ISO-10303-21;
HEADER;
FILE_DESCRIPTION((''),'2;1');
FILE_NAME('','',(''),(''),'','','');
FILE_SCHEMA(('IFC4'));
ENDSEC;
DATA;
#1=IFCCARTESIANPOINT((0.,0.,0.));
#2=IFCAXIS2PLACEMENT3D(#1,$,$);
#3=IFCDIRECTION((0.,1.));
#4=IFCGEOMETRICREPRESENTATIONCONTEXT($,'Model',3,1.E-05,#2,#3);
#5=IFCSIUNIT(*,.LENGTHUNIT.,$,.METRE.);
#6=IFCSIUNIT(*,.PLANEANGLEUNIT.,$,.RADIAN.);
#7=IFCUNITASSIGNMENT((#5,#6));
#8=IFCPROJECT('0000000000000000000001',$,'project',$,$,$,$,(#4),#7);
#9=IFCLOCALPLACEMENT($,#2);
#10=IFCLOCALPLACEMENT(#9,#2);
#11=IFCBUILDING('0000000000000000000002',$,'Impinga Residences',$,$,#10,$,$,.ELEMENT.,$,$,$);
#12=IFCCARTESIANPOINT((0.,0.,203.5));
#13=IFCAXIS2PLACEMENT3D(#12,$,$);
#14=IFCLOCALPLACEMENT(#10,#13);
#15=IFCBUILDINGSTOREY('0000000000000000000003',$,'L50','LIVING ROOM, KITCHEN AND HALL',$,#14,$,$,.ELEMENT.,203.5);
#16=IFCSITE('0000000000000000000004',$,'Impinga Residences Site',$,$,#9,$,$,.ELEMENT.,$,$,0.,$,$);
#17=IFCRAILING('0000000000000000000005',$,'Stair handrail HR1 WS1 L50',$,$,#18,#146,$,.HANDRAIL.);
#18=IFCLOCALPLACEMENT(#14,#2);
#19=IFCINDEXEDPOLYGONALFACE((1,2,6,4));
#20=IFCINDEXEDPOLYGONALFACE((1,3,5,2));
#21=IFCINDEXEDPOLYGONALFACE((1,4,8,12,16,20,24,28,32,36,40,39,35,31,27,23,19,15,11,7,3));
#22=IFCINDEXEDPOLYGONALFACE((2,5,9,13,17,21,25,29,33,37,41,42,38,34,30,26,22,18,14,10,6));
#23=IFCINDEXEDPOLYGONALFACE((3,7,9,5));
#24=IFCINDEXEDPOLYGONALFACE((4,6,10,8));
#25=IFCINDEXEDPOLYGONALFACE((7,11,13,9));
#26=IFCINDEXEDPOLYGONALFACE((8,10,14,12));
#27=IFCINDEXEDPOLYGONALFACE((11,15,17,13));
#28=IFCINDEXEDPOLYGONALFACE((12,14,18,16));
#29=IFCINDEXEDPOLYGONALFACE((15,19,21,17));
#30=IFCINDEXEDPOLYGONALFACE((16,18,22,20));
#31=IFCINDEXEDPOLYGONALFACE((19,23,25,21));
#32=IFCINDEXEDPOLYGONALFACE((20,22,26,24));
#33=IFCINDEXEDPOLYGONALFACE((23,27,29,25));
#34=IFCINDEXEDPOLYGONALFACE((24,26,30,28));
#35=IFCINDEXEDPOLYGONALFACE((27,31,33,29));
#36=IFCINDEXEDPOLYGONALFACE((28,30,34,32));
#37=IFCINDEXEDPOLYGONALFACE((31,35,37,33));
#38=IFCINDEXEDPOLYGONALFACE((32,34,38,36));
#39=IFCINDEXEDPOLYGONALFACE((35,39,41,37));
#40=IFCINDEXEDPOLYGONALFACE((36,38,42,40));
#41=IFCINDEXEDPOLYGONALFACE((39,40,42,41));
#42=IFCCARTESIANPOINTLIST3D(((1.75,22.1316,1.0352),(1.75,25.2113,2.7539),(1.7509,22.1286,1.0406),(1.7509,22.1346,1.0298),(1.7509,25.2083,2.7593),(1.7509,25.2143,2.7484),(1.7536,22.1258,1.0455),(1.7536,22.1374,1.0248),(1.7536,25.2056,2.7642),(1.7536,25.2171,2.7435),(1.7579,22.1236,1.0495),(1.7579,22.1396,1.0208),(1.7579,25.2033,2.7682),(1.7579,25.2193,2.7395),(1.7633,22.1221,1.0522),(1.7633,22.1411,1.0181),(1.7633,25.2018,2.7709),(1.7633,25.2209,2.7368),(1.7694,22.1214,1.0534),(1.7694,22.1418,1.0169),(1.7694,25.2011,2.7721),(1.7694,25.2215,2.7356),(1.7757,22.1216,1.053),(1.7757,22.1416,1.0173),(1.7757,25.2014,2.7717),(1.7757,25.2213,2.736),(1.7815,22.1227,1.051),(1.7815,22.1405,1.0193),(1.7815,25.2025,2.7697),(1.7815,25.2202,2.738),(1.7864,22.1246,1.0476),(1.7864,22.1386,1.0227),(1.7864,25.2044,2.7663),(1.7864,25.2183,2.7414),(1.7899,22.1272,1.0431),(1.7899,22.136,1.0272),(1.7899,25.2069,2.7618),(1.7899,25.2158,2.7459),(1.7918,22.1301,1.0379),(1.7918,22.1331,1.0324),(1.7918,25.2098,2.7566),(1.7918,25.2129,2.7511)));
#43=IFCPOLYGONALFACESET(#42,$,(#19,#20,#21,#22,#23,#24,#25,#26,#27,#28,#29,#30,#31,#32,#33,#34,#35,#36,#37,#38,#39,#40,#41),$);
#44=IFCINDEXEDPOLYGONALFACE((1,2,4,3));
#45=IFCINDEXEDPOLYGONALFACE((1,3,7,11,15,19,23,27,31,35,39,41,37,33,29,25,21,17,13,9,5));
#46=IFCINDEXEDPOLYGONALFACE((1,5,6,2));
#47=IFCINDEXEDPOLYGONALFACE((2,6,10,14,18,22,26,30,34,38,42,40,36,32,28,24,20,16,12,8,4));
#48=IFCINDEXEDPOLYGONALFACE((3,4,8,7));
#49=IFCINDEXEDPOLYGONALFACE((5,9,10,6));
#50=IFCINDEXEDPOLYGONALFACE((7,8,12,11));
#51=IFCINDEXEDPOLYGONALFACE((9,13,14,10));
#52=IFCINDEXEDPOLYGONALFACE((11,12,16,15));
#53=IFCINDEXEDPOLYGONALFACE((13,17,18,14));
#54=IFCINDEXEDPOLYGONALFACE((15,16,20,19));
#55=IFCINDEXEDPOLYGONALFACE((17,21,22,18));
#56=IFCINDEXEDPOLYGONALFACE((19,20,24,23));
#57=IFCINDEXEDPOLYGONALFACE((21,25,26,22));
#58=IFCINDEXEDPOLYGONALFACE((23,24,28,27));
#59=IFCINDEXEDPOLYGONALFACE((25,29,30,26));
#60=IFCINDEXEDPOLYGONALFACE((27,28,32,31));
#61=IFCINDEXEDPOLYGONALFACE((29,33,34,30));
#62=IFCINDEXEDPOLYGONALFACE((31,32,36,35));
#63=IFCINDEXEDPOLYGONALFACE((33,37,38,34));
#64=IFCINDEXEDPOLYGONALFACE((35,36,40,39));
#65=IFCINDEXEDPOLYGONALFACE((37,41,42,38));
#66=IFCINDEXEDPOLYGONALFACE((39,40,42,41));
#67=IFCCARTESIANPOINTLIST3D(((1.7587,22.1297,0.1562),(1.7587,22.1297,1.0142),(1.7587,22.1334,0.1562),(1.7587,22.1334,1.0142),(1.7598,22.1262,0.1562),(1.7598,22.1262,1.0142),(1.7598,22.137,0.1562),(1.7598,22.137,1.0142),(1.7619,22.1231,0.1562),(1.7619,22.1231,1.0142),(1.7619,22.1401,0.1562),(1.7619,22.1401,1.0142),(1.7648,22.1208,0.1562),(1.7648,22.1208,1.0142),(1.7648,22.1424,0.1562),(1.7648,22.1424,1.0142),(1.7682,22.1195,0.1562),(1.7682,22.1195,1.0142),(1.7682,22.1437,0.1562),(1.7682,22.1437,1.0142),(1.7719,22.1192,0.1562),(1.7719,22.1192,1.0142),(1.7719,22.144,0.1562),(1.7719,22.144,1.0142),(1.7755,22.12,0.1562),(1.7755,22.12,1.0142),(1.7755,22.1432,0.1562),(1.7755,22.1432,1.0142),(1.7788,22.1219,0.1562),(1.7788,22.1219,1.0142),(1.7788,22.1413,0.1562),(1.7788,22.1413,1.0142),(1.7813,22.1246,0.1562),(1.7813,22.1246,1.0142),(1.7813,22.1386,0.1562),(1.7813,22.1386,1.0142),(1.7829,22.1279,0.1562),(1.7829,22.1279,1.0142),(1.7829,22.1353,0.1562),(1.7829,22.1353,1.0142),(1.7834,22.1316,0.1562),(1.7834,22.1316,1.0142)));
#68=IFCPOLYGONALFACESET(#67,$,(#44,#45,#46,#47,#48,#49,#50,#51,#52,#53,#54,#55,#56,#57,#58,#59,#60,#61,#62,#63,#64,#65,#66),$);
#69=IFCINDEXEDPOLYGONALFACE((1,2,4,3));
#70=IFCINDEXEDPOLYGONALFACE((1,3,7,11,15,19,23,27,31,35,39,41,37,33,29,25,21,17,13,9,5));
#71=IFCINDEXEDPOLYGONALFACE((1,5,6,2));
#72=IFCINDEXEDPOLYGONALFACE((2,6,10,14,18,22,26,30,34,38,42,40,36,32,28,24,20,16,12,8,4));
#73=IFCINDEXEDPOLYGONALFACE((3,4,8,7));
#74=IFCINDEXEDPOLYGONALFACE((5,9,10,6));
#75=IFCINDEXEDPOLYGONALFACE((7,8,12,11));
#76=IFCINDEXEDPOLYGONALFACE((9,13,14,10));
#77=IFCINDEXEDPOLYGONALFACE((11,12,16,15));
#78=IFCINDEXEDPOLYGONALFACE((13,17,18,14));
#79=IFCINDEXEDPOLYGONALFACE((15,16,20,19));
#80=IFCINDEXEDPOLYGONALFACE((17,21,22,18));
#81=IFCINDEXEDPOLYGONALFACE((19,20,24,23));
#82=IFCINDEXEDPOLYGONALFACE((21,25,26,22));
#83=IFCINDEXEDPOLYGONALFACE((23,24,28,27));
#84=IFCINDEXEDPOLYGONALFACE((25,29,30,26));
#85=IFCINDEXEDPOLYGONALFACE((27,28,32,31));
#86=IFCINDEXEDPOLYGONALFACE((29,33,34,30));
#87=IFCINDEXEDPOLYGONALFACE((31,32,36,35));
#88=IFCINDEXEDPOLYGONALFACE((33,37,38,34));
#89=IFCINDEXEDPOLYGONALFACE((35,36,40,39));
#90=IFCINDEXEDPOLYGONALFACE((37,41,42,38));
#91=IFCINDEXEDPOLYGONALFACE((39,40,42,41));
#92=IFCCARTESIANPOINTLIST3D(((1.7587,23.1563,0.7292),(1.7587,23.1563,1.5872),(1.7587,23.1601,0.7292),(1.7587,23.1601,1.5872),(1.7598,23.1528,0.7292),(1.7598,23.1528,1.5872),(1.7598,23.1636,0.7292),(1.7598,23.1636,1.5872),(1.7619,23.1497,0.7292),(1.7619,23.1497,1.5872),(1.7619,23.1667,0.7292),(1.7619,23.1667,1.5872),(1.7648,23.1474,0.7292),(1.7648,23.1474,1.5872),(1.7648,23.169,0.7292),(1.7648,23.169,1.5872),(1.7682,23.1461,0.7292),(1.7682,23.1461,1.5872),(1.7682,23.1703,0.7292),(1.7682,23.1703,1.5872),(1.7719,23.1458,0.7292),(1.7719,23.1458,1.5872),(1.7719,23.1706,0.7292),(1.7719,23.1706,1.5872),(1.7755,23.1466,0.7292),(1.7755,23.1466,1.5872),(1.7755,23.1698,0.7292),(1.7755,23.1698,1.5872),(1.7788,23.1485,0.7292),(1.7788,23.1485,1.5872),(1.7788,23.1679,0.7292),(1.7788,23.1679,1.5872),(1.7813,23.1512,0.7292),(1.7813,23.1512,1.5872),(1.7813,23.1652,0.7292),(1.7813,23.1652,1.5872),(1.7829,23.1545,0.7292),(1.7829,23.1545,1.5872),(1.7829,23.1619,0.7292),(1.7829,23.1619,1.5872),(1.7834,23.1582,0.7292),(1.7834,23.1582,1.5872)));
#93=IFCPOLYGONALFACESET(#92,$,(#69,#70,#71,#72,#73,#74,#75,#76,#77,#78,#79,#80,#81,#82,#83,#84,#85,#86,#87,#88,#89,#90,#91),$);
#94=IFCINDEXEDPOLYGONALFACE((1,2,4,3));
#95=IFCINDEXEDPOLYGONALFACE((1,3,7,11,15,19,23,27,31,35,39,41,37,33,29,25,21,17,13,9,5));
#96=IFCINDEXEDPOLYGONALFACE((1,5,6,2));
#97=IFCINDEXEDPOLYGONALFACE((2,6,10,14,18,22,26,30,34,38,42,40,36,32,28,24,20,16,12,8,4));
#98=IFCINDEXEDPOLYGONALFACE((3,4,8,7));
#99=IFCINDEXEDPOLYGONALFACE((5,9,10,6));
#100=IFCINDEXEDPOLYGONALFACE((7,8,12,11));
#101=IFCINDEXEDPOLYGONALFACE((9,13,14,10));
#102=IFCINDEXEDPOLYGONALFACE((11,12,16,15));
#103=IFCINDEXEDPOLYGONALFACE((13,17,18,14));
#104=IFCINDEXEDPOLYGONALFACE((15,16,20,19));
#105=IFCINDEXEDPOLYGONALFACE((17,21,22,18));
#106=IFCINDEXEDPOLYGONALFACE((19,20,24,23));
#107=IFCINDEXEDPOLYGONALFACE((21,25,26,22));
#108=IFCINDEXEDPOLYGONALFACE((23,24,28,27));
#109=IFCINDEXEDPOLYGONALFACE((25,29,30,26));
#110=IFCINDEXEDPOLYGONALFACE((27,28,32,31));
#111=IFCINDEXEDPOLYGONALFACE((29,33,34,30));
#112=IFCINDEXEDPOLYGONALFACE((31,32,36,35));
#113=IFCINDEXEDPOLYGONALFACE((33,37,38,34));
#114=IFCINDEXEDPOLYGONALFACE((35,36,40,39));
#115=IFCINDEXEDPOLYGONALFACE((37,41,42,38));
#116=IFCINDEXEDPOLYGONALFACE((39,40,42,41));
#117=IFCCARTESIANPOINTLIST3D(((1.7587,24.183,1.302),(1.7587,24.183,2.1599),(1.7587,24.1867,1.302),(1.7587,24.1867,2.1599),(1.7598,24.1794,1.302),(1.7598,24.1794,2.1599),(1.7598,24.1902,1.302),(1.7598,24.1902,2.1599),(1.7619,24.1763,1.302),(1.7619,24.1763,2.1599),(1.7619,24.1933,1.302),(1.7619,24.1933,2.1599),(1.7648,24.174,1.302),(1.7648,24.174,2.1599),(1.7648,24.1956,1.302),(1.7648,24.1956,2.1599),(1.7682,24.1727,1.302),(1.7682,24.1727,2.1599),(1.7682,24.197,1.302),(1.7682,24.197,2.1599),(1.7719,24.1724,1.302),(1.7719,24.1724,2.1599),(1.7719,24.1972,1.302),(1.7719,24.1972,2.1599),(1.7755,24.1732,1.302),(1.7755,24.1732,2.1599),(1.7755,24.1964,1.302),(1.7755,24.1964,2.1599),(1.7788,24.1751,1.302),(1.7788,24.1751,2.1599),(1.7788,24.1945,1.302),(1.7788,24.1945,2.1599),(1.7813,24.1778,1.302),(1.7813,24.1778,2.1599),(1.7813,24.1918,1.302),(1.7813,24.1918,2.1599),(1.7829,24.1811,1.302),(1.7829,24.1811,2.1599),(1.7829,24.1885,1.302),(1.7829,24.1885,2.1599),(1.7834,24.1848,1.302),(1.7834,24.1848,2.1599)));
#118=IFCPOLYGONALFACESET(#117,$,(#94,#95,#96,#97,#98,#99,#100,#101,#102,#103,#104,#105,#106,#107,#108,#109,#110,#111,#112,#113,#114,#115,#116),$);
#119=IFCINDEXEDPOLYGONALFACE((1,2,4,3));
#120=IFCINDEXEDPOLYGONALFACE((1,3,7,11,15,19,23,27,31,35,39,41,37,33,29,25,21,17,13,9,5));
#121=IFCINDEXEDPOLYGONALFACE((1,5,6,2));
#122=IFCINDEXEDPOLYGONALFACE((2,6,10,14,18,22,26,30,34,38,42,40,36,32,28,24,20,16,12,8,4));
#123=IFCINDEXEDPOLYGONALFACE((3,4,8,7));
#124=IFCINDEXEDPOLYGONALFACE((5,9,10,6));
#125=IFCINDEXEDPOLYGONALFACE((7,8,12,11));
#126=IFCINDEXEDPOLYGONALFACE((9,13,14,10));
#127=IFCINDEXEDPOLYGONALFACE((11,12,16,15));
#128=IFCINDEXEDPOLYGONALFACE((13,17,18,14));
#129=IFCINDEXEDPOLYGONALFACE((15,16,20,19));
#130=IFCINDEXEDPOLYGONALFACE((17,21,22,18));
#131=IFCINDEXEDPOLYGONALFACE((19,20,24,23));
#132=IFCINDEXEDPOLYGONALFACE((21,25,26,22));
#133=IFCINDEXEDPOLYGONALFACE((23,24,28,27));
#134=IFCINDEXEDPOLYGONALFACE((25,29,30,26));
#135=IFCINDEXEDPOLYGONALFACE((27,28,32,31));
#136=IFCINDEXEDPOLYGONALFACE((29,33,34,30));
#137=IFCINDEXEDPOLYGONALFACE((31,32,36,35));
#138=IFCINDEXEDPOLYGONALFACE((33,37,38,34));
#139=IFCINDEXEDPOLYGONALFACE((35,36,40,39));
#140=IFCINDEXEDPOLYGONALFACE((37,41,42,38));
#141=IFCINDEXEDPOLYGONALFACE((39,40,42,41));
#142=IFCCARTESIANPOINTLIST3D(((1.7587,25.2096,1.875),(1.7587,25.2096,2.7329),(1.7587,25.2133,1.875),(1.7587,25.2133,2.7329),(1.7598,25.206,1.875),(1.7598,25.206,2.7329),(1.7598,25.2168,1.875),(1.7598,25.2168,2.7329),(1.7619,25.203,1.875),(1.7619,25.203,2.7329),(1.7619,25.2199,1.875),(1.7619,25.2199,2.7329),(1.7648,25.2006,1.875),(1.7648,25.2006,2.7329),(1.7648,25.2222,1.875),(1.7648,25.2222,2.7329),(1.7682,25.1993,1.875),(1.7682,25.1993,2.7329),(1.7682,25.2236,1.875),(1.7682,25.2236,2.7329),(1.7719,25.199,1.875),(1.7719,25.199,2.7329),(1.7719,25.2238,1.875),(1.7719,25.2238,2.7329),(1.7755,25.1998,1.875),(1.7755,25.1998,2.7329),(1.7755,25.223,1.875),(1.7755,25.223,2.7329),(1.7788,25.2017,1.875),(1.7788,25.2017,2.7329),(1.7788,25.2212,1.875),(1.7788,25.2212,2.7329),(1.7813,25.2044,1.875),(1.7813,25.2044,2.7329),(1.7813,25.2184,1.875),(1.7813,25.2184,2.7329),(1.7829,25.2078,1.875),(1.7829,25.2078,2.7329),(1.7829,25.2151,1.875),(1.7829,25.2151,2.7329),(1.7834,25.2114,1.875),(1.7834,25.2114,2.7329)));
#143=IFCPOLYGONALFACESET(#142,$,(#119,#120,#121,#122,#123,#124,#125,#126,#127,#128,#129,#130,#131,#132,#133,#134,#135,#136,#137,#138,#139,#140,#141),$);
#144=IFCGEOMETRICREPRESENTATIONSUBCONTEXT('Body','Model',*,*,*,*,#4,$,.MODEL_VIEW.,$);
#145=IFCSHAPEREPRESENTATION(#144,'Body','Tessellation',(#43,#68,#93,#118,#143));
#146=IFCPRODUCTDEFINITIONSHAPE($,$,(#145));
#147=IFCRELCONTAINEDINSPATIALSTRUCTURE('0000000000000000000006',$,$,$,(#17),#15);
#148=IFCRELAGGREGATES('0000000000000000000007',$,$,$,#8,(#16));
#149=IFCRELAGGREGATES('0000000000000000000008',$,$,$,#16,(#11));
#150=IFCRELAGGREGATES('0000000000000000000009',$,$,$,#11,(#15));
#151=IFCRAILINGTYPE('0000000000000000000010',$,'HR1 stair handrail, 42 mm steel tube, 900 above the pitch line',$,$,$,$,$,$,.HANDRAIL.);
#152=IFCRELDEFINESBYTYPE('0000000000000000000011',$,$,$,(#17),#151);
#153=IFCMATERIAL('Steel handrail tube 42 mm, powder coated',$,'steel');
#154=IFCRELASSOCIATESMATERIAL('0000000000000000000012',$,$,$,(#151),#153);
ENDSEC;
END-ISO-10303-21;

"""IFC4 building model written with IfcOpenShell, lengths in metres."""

from ifc_helpers import new_model, si_unit, direction, frame, origin, origin_2d, place, context, subcontext, project, spatial, circle, extrude, material, type_object, element, save


model = new_model("IFC4")

# Units and contexts
model_context = context("Model", 3, precision=1e-05, world=origin(), true_north=direction((0.0, 1.0)))
body_context = subcontext(model_context, "Body", "Model", "MODEL_VIEW")
ifc_project = project(units=[si_unit("LENGTHUNIT", "METRE"), si_unit("PLANEANGLEUNIT", "RADIAN")], contexts=[model_context])

# Site, building, storey
site_placement = place(None, origin())
site = spatial("IfcSite", under=ifc_project, at=site_placement, Name="Impinga Residences Site", CompositionType="ELEMENT", RefElevation=0.0)
building_placement = place(site_placement, origin())
building = spatial("IfcBuilding", under=site, at=building_placement, Name="Impinga Residences", CompositionType="ELEMENT")
storey_placement = place(building_placement, frame((0.0, 0.0, 203.5)))
storey = spatial("IfcBuildingStorey", under=building, at=storey_placement, Name="L50", Description="LIVING ROOM, KITCHEN AND HALL", CompositionType="ELEMENT", Elevation=203.5)

# Railing
ifc_material_1 = material(Name="Steel handrail tube 42 mm, powder coated", Category="steel")
railing_type_1 = type_object("IfcRailingType", Name="HR1 stair handrail, 42 mm steel tube, 900 above the pitch line", PredefinedType="HANDRAIL", material=ifc_material_1)
railing_1_placement = place(storey_placement, frame((1.771, 22.1316, 0.1562)))
element("IfcRailing", 1, at=railing_1_placement, inside=storey, type_object=railing_type_1, Name="Stair handrail HR1 WS1 L50", PredefinedType="HANDRAIL", context=body_context, shape_type="SweptSolid", body=[
    extrude(circle(Radius=0.021, at=origin_2d()), frame((0.0, 0.0, 0.8789), z_axis=(0.0, 0.873225, 0.487317), x_axis=(-1.0, 0.0, 0.0)), (0.0, 0.0, 1.0), 3.5269),
    extrude(circle(Radius=0.0125, at=origin_2d()), origin(), (0.0, 0.0, 1.0), 0.8579),
    extrude(circle(Radius=0.0125, at=origin_2d()), frame((0.0, 1.0266, 0.573)), (0.0, 0.0, 1.0), 0.8579),
    extrude(circle(Radius=0.0125, at=origin_2d()), frame((0.0, 2.0532, 1.1458)), (0.0, 0.0, 1.0), 0.8579),
    extrude(circle(Radius=0.0125, at=origin_2d()), frame((0.0, 3.0798, 1.7188)), (0.0, 0.0, 1.0), 0.8579),
])

save(model, "model.ifc")
